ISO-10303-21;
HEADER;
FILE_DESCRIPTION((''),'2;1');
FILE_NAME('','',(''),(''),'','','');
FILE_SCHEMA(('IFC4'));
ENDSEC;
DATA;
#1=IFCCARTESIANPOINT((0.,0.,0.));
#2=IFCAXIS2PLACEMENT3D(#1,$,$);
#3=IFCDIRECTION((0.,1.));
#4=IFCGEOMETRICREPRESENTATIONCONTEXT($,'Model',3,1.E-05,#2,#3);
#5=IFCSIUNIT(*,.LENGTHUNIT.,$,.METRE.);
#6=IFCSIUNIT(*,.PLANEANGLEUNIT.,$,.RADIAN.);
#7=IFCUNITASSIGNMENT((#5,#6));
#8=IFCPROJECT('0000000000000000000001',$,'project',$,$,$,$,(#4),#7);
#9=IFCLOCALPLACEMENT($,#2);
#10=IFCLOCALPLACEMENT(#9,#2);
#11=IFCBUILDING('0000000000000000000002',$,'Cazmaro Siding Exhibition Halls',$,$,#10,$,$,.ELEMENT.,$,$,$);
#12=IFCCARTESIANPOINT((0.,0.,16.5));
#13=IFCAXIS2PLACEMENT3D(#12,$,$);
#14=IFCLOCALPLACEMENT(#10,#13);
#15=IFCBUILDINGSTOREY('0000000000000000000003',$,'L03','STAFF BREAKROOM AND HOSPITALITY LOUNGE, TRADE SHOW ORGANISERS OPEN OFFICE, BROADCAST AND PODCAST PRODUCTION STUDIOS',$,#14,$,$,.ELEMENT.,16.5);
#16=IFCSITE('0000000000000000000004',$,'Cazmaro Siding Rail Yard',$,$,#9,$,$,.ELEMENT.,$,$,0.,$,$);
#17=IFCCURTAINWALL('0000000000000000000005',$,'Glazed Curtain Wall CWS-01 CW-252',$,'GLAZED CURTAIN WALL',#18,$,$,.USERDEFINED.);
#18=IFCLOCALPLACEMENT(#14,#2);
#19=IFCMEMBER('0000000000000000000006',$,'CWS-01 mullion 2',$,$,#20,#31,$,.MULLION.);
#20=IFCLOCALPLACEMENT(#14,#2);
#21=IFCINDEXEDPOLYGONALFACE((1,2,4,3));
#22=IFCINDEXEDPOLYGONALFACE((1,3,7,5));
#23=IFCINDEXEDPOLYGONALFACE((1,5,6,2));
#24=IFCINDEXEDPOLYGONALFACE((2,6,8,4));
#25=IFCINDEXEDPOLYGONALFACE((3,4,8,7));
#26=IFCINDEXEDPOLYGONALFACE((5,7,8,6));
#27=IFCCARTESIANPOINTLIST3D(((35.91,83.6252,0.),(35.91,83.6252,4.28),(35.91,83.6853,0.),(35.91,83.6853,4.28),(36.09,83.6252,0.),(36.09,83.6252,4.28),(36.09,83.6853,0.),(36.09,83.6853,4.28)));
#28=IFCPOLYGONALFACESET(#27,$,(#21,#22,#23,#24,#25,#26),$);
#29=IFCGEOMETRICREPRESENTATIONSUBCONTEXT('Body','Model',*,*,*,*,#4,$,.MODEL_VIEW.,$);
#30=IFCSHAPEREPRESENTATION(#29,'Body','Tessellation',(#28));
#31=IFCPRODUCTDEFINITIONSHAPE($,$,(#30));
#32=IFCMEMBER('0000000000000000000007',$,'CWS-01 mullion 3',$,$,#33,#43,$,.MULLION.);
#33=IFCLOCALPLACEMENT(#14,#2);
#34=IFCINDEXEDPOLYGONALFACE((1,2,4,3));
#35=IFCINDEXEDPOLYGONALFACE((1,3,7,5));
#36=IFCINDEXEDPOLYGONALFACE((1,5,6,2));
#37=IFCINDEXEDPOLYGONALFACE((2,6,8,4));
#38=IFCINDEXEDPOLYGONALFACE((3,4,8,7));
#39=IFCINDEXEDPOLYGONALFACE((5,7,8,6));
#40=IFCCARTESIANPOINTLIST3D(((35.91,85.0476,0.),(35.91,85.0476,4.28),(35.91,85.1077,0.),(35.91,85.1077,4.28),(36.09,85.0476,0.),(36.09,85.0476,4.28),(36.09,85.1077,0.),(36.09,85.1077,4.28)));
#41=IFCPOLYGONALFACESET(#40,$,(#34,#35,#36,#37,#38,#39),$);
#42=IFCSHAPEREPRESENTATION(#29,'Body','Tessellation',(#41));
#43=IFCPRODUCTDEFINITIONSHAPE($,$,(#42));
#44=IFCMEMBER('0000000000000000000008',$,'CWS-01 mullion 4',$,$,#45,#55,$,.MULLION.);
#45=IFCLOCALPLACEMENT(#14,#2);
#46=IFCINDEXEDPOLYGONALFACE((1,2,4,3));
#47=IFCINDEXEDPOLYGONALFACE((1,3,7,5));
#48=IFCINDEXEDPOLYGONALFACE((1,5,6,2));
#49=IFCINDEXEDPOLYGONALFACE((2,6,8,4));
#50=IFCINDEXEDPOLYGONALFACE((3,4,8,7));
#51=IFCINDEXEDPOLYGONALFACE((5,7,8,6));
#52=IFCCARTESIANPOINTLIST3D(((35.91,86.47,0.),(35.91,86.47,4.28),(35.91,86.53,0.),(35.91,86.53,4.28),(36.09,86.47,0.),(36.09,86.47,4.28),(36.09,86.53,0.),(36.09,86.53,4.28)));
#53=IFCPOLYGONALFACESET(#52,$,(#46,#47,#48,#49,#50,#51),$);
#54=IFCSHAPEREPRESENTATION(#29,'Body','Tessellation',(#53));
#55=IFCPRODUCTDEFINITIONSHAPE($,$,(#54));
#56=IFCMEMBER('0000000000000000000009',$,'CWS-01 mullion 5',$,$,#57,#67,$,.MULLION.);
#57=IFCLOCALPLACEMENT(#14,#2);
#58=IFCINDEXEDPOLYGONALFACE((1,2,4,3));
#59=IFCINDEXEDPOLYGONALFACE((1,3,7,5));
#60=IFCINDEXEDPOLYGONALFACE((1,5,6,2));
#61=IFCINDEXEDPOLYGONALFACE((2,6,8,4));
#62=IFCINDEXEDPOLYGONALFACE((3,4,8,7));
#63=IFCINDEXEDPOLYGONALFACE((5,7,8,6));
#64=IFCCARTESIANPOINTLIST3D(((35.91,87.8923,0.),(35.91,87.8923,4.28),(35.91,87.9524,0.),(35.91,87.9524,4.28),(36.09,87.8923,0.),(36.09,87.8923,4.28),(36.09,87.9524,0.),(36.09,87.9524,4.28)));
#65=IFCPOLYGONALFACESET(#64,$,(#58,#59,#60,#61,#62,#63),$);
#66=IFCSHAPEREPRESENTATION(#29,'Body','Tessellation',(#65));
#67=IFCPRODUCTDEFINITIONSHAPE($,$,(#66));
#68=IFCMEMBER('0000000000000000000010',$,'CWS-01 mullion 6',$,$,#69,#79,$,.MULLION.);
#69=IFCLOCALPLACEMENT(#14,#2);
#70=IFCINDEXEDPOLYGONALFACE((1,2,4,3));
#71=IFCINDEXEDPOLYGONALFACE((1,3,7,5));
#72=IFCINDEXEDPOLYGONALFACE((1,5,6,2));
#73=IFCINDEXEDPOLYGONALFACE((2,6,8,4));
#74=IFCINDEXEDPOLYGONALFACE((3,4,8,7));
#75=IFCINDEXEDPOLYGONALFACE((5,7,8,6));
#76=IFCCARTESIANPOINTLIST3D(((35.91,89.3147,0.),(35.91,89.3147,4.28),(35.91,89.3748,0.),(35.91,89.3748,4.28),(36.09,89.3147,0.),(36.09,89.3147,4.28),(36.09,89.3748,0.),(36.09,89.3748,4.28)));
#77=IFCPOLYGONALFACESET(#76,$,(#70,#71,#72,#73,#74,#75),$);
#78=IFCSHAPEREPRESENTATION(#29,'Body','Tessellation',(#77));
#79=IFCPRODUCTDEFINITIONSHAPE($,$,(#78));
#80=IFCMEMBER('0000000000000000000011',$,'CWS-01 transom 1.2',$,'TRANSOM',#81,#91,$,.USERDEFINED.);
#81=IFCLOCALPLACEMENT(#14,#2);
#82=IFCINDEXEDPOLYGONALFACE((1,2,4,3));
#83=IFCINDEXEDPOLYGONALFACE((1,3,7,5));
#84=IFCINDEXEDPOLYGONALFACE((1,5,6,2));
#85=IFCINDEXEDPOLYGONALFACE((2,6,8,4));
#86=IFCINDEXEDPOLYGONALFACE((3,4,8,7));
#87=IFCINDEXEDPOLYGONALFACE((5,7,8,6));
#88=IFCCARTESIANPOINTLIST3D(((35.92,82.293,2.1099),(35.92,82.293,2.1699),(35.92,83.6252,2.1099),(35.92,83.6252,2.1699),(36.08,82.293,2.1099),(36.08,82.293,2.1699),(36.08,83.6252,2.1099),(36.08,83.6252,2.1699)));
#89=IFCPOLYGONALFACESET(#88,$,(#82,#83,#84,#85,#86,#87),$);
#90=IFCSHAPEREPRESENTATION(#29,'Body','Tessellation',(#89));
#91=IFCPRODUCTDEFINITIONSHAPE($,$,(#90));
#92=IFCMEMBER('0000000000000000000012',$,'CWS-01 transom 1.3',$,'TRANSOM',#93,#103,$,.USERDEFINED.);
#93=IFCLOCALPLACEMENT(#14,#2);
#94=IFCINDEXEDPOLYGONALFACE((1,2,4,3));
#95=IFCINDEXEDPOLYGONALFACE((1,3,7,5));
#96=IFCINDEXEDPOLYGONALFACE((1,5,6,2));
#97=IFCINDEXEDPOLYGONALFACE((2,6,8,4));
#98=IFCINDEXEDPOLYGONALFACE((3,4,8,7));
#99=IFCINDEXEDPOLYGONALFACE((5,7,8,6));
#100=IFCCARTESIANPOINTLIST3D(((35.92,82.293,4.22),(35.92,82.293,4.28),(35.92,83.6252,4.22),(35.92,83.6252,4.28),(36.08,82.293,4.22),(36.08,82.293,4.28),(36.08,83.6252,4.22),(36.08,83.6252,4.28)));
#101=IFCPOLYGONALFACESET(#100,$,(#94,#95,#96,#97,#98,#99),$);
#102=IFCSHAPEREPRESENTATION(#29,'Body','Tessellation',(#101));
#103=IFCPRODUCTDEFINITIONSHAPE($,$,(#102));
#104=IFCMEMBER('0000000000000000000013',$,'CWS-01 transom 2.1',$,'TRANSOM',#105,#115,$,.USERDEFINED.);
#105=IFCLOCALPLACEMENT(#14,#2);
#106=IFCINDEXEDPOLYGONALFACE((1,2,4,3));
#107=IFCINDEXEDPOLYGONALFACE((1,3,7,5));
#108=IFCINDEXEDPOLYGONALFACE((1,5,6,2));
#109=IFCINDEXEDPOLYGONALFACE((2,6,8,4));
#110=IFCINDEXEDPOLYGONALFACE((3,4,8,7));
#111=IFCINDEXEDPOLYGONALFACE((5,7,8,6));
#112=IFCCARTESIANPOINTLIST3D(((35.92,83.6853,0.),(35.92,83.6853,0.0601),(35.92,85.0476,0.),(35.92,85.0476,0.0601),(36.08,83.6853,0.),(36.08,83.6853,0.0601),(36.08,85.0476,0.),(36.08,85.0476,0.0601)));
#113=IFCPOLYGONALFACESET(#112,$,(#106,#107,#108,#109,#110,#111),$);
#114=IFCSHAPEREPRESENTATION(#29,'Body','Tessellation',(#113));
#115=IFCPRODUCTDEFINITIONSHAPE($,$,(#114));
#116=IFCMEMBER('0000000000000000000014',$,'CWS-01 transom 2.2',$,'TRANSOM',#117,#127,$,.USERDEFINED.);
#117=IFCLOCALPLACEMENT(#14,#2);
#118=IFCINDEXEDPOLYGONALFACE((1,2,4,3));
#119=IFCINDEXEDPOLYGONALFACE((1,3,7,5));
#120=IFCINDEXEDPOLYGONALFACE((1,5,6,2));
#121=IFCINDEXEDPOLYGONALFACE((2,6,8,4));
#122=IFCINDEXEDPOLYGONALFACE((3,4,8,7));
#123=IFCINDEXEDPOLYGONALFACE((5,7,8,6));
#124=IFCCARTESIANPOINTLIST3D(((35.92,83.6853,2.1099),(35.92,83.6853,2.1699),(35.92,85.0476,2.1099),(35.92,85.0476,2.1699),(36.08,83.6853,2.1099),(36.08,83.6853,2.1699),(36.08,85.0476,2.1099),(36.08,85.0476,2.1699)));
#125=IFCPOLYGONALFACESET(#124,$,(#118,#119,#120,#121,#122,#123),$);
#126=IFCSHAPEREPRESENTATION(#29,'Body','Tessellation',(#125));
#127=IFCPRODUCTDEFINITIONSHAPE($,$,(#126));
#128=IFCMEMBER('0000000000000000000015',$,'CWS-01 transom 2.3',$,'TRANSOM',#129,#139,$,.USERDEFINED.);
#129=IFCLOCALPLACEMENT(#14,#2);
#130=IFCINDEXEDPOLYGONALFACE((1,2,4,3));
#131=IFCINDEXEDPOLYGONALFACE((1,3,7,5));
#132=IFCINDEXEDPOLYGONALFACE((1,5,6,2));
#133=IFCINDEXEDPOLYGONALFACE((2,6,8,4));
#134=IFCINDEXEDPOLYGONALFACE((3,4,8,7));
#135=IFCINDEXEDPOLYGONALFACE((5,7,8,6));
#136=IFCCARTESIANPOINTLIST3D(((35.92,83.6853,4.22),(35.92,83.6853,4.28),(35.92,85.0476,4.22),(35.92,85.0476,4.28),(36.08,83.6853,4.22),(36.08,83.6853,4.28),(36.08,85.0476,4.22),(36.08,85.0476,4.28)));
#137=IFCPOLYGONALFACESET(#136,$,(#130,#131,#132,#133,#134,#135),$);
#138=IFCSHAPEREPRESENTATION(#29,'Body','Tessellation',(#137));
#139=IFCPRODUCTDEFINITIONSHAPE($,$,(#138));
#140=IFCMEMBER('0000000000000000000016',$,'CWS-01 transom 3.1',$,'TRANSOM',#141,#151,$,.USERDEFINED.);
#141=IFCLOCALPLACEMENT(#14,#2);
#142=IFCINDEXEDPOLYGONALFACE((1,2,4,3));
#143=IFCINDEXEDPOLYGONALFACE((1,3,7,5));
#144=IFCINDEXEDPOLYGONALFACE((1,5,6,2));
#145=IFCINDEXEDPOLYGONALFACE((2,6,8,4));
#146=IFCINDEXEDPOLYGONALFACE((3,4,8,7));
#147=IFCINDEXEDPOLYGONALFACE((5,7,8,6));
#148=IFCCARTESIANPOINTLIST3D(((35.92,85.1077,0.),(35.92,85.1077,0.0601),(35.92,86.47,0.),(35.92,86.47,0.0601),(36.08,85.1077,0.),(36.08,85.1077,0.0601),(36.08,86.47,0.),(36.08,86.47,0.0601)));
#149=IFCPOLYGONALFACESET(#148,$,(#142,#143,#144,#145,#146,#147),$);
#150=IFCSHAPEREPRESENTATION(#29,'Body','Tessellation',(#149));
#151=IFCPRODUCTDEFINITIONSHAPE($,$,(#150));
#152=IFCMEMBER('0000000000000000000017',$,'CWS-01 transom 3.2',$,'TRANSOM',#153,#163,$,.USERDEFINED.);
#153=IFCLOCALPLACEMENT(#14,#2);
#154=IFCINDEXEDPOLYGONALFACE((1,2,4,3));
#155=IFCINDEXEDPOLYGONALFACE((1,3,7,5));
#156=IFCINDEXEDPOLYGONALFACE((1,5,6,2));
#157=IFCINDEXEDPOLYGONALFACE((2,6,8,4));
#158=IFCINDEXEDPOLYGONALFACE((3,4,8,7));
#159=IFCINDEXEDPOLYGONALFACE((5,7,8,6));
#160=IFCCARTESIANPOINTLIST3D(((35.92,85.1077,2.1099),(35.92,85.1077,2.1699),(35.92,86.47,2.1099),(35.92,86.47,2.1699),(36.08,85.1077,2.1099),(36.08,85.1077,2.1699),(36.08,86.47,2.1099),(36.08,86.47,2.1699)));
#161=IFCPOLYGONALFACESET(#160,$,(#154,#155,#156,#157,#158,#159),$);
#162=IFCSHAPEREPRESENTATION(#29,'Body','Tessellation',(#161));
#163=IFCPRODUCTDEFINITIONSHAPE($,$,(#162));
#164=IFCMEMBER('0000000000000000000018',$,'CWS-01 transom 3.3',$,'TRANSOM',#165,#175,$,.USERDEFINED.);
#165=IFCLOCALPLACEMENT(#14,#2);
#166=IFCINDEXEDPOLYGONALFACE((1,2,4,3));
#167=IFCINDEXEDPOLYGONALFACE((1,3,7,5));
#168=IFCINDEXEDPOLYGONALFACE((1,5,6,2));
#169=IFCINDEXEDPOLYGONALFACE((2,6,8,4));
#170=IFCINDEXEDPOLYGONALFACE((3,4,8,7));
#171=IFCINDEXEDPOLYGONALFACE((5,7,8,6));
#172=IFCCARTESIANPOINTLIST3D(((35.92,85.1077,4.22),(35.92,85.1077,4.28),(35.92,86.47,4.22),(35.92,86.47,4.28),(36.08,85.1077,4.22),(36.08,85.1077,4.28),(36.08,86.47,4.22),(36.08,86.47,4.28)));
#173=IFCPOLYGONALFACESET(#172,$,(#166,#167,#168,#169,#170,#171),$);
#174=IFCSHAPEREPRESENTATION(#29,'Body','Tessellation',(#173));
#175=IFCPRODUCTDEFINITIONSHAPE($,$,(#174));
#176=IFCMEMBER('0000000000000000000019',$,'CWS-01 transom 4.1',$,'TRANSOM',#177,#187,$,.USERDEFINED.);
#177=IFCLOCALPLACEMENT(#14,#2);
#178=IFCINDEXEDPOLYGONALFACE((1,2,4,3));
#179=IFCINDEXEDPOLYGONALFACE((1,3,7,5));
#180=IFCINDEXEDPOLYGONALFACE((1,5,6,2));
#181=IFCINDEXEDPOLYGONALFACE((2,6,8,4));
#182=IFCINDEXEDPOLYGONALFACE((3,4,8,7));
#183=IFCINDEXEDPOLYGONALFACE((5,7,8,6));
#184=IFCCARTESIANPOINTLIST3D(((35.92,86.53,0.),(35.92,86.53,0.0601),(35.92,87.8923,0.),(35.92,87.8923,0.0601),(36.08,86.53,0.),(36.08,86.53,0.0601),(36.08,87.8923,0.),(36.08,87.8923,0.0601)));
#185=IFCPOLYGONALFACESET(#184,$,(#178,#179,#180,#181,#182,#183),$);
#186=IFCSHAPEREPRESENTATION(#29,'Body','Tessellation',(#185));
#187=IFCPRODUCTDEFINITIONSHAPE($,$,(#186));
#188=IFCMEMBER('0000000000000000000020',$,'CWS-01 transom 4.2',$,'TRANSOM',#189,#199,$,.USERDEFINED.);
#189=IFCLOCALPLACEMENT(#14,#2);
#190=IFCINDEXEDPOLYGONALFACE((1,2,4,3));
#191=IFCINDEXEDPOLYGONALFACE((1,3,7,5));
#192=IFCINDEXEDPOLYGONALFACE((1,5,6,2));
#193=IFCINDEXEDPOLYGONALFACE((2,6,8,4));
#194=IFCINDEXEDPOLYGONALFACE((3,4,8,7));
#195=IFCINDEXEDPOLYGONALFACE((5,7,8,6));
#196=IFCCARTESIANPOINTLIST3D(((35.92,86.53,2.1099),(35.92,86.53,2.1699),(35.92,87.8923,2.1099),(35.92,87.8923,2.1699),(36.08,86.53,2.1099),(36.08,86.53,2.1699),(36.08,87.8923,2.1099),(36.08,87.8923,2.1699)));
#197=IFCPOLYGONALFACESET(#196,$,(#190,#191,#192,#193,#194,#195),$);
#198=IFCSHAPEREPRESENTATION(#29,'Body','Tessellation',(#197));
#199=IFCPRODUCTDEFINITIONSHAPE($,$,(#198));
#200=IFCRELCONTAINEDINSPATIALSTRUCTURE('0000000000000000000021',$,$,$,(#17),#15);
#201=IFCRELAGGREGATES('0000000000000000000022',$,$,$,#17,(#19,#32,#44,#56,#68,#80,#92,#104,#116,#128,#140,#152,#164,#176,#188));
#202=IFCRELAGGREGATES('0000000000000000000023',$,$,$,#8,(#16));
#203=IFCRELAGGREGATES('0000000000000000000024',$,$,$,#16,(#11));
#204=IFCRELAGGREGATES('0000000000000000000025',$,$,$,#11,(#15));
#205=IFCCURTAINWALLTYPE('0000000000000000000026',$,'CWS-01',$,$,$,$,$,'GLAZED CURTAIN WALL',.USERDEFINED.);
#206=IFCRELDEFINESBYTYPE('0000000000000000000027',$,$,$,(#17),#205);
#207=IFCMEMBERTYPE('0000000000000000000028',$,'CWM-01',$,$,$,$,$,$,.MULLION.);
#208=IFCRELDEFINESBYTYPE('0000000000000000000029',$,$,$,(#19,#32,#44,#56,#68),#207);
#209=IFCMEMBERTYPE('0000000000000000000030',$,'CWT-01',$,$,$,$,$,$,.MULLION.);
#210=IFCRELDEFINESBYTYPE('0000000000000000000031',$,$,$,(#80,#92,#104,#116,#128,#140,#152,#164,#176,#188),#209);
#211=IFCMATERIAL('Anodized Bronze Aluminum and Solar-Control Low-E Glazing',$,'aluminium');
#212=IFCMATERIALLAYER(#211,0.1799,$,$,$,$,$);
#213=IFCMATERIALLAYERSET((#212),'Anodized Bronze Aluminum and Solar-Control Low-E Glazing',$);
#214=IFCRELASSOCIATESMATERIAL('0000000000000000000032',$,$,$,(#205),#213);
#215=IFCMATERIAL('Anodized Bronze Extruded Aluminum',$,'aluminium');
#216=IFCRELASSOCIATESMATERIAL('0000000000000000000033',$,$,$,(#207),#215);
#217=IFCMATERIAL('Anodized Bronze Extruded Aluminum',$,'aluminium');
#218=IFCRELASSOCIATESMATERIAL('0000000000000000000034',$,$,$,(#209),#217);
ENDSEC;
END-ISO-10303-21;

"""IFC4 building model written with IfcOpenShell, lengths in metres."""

from ifc_helpers import new_model, si_unit, direction, frame, origin, origin_2d, place, context, subcontext, project, spatial, rectangle, extrude, material, layer, layer_set, material_profile, profile_set, type_object, element, aggregate, save


model = new_model("IFC4")

# Units and contexts
model_context = context("Model", 3, precision=1e-05, world=origin(), true_north=direction((0.0, 1.0)))
body_context = subcontext(model_context, "Body", "Model", "MODEL_VIEW")
ifc_project = project(units=[si_unit("LENGTHUNIT", "METRE"), si_unit("PLANEANGLEUNIT", "RADIAN")], contexts=[model_context])

# Site, building, storey
site_placement = place(None, origin())
site = spatial("IfcSite", under=ifc_project, at=site_placement, Name="Cazmaro Siding Rail Yard", CompositionType="ELEMENT", RefElevation=0.0)
building_placement = place(site_placement, origin())
building = spatial("IfcBuilding", under=site, at=building_placement, Name="Cazmaro Siding Exhibition Halls", CompositionType="ELEMENT")
storey_placement = place(building_placement, frame((0.0, 0.0, 16.5)))
storey = spatial("IfcBuildingStorey", under=building, at=storey_placement, Name="L03", Description="STAFF BREAKROOM AND HOSPITALITY LOUNGE, TRADE SHOW ORGANISERS OPEN OFFICE, BROADCAST AND PODCAST PRODUCTION STUDIOS", CompositionType="ELEMENT", Elevation=16.5)

# Curtain wall, members
ifc_material_1 = material(Name="Anodized Bronze Aluminum and Solar-Control Low-E Glazing", Category="aluminium")
ifc_layer_1 = layer(ifc_material_1, 0.1799)
ifc_layer_set_1 = layer_set([ifc_layer_1], Name="Anodized Bronze Aluminum and Solar-Control Low-E Glazing")
curtain_wall_type = type_object("IfcCurtainWallType", Name="CWS-01", ElementType="GLAZED CURTAIN WALL", PredefinedType="USERDEFINED", material=ifc_layer_set_1)
curtain_wall_placement = place(storey_placement, origin())
curtain_wall = element("IfcCurtainWall", 1, at=curtain_wall_placement, inside=storey, type_object=curtain_wall_type, Name="Glazed Curtain Wall CWS-01 CW-252", ObjectType="GLAZED CURTAIN WALL", PredefinedType="USERDEFINED")
ifc_material_2 = material(Name="Anodized Bronze Extruded Aluminum", Category="aluminium")
ifc_material_profile_1 = material_profile(ifc_material_2, rectangle(XDim=0.1799, YDim=0.0601, at=origin_2d()), Name="CWM-01")
ifc_profile_set_1 = profile_set([ifc_material_profile_1], Name="Anodized Bronze Extruded Aluminum")
member_type_1 = type_object("IfcMemberType", Name="CWM-01", PredefinedType="MULLION", material=ifc_profile_set_1)
member_1_placement = place(storey_placement, frame((36.0, 83.6553, 0.0), z_axis=(0.0, 0.0, 1.0), x_axis=(-1.0, 0.0, 0.0)))
member_1 = element("IfcMember", 2, at=member_1_placement, type_object=member_type_1, Name="CWS-01 mullion 2", PredefinedType="MULLION", context=body_context, shape_type="SweptSolid", body=[
    extrude(rectangle(XDim=0.1799, YDim=0.0601, at=origin_2d()), origin(), (0.0, 0.0, 1.0), 4.28),
])
member_2_placement = place(storey_placement, frame((36.0, 85.0776, 0.0), z_axis=(0.0, 0.0, 1.0), x_axis=(-1.0, 0.0, 0.0)))
member_2 = element("IfcMember", 3, at=member_2_placement, type_object=member_type_1, Name="CWS-01 mullion 3", PredefinedType="MULLION", context=body_context, shape_type="SweptSolid", body=[
    extrude(rectangle(XDim=0.1799, YDim=0.0601, at=origin_2d()), origin(), (0.0, 0.0, 1.0), 4.28),
])
member_3_placement = place(storey_placement, frame((36.0, 86.5, 0.0), z_axis=(0.0, 0.0, 1.0), x_axis=(-1.0, 0.0, 0.0)))
member_3 = element("IfcMember", 4, at=member_3_placement, type_object=member_type_1, Name="CWS-01 mullion 4", PredefinedType="MULLION", context=body_context, shape_type="SweptSolid", body=[
    extrude(rectangle(XDim=0.1799, YDim=0.0601, at=origin_2d()), origin(), (0.0, 0.0, 1.0), 4.28),
])
member_4_placement = place(storey_placement, frame((36.0, 87.9224, 0.0), z_axis=(0.0, 0.0, 1.0), x_axis=(-1.0, 0.0, 0.0)))
member_4 = element("IfcMember", 5, at=member_4_placement, type_object=member_type_1, Name="CWS-01 mullion 5", PredefinedType="MULLION", context=body_context, shape_type="SweptSolid", body=[
    extrude(rectangle(XDim=0.1799, YDim=0.0601, at=origin_2d()), origin(), (0.0, 0.0, 1.0), 4.28),
])
member_5_placement = place(storey_placement, frame((36.0, 89.3447, 0.0), z_axis=(0.0, 0.0, 1.0), x_axis=(-1.0, 0.0, 0.0)))
member_5 = element("IfcMember", 6, at=member_5_placement, type_object=member_type_1, Name="CWS-01 mullion 6", PredefinedType="MULLION", context=body_context, shape_type="SweptSolid", body=[
    extrude(rectangle(XDim=0.1799, YDim=0.0601, at=origin_2d()), origin(), (0.0, 0.0, 1.0), 4.28),
])
ifc_material_3 = material(Name="Anodized Bronze Extruded Aluminum", Category="aluminium")
ifc_material_profile_2 = material_profile(ifc_material_3, rectangle(XDim=0.1599, YDim=0.0601, at=origin_2d()), Name="CWT-01")
ifc_profile_set_2 = profile_set([ifc_material_profile_2], Name="Anodized Bronze Extruded Aluminum")
member_type_2 = type_object("IfcMemberType", Name="CWT-01", PredefinedType="MULLION", material=ifc_profile_set_2)
member_6_placement = place(storey_placement, frame((36.0, 82.293, 2.1399), z_axis=(0.0, 1.0, 0.0), x_axis=(-1.0, 0.0, 0.0)))
member_6 = element("IfcMember", 7, at=member_6_placement, type_object=member_type_2, Name="CWS-01 transom 1.2", ObjectType="TRANSOM", PredefinedType="USERDEFINED", context=body_context, shape_type="SweptSolid", body=[
    extrude(rectangle(XDim=0.1599, YDim=0.0601, at=origin_2d()), origin(), (0.0, 0.0, 1.0), 1.3323),
])
member_7_placement = place(storey_placement, frame((36.0, 82.293, 4.25), z_axis=(0.0, 1.0, 0.0), x_axis=(-1.0, 0.0, 0.0)))
member_7 = element("IfcMember", 8, at=member_7_placement, type_object=member_type_2, Name="CWS-01 transom 1.3", ObjectType="TRANSOM", PredefinedType="USERDEFINED", context=body_context, shape_type="SweptSolid", body=[
    extrude(rectangle(XDim=0.1599, YDim=0.0601, at=origin_2d()), origin(), (0.0, 0.0, 1.0), 1.3323),
])
member_8_placement = place(storey_placement, frame((36.0, 83.6853, 0.03), z_axis=(0.0, 1.0, 0.0), x_axis=(-1.0, 0.0, 0.0)))
member_8 = element("IfcMember", 9, at=member_8_placement, type_object=member_type_2, Name="CWS-01 transom 2.1", ObjectType="TRANSOM", PredefinedType="USERDEFINED", context=body_context, shape_type="SweptSolid", body=[
    extrude(rectangle(XDim=0.1599, YDim=0.0601, at=origin_2d()), origin(), (0.0, 0.0, 1.0), 1.3623),
])
member_9_placement = place(storey_placement, frame((36.0, 83.6853, 2.1399), z_axis=(0.0, 1.0, 0.0), x_axis=(-1.0, 0.0, 0.0)))
member_9 = element("IfcMember", 10, at=member_9_placement, type_object=member_type_2, Name="CWS-01 transom 2.2", ObjectType="TRANSOM", PredefinedType="USERDEFINED", context=body_context, shape_type="SweptSolid", body=[
    extrude(rectangle(XDim=0.1599, YDim=0.0601, at=origin_2d()), origin(), (0.0, 0.0, 1.0), 1.3623),
])
member_10_placement = place(storey_placement, frame((36.0, 83.6853, 4.25), z_axis=(0.0, 1.0, 0.0), x_axis=(-1.0, 0.0, 0.0)))
member_10 = element("IfcMember", 11, at=member_10_placement, type_object=member_type_2, Name="CWS-01 transom 2.3", ObjectType="TRANSOM", PredefinedType="USERDEFINED", context=body_context, shape_type="SweptSolid", body=[
    extrude(rectangle(XDim=0.1599, YDim=0.0601, at=origin_2d()), origin(), (0.0, 0.0, 1.0), 1.3623),
])
member_11_placement = place(storey_placement, frame((36.0, 85.1077, 0.03), z_axis=(0.0, 1.0, 0.0), x_axis=(-1.0, 0.0, 0.0)))
member_11 = element("IfcMember", 12, at=member_11_placement, type_object=member_type_2, Name="CWS-01 transom 3.1", ObjectType="TRANSOM", PredefinedType="USERDEFINED", context=body_context, shape_type="SweptSolid", body=[
    extrude(rectangle(XDim=0.1599, YDim=0.0601, at=origin_2d()), origin(), (0.0, 0.0, 1.0), 1.3623),
])
member_12_placement = place(storey_placement, frame((36.0, 85.1077, 2.1399), z_axis=(0.0, 1.0, 0.0), x_axis=(-1.0, 0.0, 0.0)))
member_12 = element("IfcMember", 13, at=member_12_placement, type_object=member_type_2, Name="CWS-01 transom 3.2", ObjectType="TRANSOM", PredefinedType="USERDEFINED", context=body_context, shape_type="SweptSolid", body=[
    extrude(rectangle(XDim=0.1599, YDim=0.0601, at=origin_2d()), origin(), (0.0, 0.0, 1.0), 1.3623),
])
member_13_placement = place(storey_placement, frame((36.0, 85.1077, 4.25), z_axis=(0.0, 1.0, 0.0), x_axis=(-1.0, 0.0, 0.0)))
member_13 = element("IfcMember", 14, at=member_13_placement, type_object=member_type_2, Name="CWS-01 transom 3.3", ObjectType="TRANSOM", PredefinedType="USERDEFINED", context=body_context, shape_type="SweptSolid", body=[
    extrude(rectangle(XDim=0.1599, YDim=0.0601, at=origin_2d()), origin(), (0.0, 0.0, 1.0), 1.3623),
])
member_14_placement = place(storey_placement, frame((36.0, 86.53, 0.03), z_axis=(0.0, 1.0, 0.0), x_axis=(-1.0, 0.0, 0.0)))
member_14 = element("IfcMember", 15, at=member_14_placement, type_object=member_type_2, Name="CWS-01 transom 4.1", ObjectType="TRANSOM", PredefinedType="USERDEFINED", context=body_context, shape_type="SweptSolid", body=[
    extrude(rectangle(XDim=0.1599, YDim=0.0601, at=origin_2d()), origin(), (0.0, 0.0, 1.0), 1.3623),
])
member_15_placement = place(storey_placement, frame((36.0, 86.53, 2.1399), z_axis=(0.0, 1.0, 0.0), x_axis=(-1.0, 0.0, 0.0)))
member_15 = element("IfcMember", 16, at=member_15_placement, type_object=member_type_2, Name="CWS-01 transom 4.2", ObjectType="TRANSOM", PredefinedType="USERDEFINED", context=body_context, shape_type="SweptSolid", body=[
    extrude(rectangle(XDim=0.1599, YDim=0.0601, at=origin_2d()), origin(), (0.0, 0.0, 1.0), 1.3623),
])
aggregate(curtain_wall, [member_1, member_2, member_3, member_4, member_5, member_6, member_7, member_8, member_9, member_10, member_11, member_12, member_13, member_14, member_15])

save(model, "model.ifc")
